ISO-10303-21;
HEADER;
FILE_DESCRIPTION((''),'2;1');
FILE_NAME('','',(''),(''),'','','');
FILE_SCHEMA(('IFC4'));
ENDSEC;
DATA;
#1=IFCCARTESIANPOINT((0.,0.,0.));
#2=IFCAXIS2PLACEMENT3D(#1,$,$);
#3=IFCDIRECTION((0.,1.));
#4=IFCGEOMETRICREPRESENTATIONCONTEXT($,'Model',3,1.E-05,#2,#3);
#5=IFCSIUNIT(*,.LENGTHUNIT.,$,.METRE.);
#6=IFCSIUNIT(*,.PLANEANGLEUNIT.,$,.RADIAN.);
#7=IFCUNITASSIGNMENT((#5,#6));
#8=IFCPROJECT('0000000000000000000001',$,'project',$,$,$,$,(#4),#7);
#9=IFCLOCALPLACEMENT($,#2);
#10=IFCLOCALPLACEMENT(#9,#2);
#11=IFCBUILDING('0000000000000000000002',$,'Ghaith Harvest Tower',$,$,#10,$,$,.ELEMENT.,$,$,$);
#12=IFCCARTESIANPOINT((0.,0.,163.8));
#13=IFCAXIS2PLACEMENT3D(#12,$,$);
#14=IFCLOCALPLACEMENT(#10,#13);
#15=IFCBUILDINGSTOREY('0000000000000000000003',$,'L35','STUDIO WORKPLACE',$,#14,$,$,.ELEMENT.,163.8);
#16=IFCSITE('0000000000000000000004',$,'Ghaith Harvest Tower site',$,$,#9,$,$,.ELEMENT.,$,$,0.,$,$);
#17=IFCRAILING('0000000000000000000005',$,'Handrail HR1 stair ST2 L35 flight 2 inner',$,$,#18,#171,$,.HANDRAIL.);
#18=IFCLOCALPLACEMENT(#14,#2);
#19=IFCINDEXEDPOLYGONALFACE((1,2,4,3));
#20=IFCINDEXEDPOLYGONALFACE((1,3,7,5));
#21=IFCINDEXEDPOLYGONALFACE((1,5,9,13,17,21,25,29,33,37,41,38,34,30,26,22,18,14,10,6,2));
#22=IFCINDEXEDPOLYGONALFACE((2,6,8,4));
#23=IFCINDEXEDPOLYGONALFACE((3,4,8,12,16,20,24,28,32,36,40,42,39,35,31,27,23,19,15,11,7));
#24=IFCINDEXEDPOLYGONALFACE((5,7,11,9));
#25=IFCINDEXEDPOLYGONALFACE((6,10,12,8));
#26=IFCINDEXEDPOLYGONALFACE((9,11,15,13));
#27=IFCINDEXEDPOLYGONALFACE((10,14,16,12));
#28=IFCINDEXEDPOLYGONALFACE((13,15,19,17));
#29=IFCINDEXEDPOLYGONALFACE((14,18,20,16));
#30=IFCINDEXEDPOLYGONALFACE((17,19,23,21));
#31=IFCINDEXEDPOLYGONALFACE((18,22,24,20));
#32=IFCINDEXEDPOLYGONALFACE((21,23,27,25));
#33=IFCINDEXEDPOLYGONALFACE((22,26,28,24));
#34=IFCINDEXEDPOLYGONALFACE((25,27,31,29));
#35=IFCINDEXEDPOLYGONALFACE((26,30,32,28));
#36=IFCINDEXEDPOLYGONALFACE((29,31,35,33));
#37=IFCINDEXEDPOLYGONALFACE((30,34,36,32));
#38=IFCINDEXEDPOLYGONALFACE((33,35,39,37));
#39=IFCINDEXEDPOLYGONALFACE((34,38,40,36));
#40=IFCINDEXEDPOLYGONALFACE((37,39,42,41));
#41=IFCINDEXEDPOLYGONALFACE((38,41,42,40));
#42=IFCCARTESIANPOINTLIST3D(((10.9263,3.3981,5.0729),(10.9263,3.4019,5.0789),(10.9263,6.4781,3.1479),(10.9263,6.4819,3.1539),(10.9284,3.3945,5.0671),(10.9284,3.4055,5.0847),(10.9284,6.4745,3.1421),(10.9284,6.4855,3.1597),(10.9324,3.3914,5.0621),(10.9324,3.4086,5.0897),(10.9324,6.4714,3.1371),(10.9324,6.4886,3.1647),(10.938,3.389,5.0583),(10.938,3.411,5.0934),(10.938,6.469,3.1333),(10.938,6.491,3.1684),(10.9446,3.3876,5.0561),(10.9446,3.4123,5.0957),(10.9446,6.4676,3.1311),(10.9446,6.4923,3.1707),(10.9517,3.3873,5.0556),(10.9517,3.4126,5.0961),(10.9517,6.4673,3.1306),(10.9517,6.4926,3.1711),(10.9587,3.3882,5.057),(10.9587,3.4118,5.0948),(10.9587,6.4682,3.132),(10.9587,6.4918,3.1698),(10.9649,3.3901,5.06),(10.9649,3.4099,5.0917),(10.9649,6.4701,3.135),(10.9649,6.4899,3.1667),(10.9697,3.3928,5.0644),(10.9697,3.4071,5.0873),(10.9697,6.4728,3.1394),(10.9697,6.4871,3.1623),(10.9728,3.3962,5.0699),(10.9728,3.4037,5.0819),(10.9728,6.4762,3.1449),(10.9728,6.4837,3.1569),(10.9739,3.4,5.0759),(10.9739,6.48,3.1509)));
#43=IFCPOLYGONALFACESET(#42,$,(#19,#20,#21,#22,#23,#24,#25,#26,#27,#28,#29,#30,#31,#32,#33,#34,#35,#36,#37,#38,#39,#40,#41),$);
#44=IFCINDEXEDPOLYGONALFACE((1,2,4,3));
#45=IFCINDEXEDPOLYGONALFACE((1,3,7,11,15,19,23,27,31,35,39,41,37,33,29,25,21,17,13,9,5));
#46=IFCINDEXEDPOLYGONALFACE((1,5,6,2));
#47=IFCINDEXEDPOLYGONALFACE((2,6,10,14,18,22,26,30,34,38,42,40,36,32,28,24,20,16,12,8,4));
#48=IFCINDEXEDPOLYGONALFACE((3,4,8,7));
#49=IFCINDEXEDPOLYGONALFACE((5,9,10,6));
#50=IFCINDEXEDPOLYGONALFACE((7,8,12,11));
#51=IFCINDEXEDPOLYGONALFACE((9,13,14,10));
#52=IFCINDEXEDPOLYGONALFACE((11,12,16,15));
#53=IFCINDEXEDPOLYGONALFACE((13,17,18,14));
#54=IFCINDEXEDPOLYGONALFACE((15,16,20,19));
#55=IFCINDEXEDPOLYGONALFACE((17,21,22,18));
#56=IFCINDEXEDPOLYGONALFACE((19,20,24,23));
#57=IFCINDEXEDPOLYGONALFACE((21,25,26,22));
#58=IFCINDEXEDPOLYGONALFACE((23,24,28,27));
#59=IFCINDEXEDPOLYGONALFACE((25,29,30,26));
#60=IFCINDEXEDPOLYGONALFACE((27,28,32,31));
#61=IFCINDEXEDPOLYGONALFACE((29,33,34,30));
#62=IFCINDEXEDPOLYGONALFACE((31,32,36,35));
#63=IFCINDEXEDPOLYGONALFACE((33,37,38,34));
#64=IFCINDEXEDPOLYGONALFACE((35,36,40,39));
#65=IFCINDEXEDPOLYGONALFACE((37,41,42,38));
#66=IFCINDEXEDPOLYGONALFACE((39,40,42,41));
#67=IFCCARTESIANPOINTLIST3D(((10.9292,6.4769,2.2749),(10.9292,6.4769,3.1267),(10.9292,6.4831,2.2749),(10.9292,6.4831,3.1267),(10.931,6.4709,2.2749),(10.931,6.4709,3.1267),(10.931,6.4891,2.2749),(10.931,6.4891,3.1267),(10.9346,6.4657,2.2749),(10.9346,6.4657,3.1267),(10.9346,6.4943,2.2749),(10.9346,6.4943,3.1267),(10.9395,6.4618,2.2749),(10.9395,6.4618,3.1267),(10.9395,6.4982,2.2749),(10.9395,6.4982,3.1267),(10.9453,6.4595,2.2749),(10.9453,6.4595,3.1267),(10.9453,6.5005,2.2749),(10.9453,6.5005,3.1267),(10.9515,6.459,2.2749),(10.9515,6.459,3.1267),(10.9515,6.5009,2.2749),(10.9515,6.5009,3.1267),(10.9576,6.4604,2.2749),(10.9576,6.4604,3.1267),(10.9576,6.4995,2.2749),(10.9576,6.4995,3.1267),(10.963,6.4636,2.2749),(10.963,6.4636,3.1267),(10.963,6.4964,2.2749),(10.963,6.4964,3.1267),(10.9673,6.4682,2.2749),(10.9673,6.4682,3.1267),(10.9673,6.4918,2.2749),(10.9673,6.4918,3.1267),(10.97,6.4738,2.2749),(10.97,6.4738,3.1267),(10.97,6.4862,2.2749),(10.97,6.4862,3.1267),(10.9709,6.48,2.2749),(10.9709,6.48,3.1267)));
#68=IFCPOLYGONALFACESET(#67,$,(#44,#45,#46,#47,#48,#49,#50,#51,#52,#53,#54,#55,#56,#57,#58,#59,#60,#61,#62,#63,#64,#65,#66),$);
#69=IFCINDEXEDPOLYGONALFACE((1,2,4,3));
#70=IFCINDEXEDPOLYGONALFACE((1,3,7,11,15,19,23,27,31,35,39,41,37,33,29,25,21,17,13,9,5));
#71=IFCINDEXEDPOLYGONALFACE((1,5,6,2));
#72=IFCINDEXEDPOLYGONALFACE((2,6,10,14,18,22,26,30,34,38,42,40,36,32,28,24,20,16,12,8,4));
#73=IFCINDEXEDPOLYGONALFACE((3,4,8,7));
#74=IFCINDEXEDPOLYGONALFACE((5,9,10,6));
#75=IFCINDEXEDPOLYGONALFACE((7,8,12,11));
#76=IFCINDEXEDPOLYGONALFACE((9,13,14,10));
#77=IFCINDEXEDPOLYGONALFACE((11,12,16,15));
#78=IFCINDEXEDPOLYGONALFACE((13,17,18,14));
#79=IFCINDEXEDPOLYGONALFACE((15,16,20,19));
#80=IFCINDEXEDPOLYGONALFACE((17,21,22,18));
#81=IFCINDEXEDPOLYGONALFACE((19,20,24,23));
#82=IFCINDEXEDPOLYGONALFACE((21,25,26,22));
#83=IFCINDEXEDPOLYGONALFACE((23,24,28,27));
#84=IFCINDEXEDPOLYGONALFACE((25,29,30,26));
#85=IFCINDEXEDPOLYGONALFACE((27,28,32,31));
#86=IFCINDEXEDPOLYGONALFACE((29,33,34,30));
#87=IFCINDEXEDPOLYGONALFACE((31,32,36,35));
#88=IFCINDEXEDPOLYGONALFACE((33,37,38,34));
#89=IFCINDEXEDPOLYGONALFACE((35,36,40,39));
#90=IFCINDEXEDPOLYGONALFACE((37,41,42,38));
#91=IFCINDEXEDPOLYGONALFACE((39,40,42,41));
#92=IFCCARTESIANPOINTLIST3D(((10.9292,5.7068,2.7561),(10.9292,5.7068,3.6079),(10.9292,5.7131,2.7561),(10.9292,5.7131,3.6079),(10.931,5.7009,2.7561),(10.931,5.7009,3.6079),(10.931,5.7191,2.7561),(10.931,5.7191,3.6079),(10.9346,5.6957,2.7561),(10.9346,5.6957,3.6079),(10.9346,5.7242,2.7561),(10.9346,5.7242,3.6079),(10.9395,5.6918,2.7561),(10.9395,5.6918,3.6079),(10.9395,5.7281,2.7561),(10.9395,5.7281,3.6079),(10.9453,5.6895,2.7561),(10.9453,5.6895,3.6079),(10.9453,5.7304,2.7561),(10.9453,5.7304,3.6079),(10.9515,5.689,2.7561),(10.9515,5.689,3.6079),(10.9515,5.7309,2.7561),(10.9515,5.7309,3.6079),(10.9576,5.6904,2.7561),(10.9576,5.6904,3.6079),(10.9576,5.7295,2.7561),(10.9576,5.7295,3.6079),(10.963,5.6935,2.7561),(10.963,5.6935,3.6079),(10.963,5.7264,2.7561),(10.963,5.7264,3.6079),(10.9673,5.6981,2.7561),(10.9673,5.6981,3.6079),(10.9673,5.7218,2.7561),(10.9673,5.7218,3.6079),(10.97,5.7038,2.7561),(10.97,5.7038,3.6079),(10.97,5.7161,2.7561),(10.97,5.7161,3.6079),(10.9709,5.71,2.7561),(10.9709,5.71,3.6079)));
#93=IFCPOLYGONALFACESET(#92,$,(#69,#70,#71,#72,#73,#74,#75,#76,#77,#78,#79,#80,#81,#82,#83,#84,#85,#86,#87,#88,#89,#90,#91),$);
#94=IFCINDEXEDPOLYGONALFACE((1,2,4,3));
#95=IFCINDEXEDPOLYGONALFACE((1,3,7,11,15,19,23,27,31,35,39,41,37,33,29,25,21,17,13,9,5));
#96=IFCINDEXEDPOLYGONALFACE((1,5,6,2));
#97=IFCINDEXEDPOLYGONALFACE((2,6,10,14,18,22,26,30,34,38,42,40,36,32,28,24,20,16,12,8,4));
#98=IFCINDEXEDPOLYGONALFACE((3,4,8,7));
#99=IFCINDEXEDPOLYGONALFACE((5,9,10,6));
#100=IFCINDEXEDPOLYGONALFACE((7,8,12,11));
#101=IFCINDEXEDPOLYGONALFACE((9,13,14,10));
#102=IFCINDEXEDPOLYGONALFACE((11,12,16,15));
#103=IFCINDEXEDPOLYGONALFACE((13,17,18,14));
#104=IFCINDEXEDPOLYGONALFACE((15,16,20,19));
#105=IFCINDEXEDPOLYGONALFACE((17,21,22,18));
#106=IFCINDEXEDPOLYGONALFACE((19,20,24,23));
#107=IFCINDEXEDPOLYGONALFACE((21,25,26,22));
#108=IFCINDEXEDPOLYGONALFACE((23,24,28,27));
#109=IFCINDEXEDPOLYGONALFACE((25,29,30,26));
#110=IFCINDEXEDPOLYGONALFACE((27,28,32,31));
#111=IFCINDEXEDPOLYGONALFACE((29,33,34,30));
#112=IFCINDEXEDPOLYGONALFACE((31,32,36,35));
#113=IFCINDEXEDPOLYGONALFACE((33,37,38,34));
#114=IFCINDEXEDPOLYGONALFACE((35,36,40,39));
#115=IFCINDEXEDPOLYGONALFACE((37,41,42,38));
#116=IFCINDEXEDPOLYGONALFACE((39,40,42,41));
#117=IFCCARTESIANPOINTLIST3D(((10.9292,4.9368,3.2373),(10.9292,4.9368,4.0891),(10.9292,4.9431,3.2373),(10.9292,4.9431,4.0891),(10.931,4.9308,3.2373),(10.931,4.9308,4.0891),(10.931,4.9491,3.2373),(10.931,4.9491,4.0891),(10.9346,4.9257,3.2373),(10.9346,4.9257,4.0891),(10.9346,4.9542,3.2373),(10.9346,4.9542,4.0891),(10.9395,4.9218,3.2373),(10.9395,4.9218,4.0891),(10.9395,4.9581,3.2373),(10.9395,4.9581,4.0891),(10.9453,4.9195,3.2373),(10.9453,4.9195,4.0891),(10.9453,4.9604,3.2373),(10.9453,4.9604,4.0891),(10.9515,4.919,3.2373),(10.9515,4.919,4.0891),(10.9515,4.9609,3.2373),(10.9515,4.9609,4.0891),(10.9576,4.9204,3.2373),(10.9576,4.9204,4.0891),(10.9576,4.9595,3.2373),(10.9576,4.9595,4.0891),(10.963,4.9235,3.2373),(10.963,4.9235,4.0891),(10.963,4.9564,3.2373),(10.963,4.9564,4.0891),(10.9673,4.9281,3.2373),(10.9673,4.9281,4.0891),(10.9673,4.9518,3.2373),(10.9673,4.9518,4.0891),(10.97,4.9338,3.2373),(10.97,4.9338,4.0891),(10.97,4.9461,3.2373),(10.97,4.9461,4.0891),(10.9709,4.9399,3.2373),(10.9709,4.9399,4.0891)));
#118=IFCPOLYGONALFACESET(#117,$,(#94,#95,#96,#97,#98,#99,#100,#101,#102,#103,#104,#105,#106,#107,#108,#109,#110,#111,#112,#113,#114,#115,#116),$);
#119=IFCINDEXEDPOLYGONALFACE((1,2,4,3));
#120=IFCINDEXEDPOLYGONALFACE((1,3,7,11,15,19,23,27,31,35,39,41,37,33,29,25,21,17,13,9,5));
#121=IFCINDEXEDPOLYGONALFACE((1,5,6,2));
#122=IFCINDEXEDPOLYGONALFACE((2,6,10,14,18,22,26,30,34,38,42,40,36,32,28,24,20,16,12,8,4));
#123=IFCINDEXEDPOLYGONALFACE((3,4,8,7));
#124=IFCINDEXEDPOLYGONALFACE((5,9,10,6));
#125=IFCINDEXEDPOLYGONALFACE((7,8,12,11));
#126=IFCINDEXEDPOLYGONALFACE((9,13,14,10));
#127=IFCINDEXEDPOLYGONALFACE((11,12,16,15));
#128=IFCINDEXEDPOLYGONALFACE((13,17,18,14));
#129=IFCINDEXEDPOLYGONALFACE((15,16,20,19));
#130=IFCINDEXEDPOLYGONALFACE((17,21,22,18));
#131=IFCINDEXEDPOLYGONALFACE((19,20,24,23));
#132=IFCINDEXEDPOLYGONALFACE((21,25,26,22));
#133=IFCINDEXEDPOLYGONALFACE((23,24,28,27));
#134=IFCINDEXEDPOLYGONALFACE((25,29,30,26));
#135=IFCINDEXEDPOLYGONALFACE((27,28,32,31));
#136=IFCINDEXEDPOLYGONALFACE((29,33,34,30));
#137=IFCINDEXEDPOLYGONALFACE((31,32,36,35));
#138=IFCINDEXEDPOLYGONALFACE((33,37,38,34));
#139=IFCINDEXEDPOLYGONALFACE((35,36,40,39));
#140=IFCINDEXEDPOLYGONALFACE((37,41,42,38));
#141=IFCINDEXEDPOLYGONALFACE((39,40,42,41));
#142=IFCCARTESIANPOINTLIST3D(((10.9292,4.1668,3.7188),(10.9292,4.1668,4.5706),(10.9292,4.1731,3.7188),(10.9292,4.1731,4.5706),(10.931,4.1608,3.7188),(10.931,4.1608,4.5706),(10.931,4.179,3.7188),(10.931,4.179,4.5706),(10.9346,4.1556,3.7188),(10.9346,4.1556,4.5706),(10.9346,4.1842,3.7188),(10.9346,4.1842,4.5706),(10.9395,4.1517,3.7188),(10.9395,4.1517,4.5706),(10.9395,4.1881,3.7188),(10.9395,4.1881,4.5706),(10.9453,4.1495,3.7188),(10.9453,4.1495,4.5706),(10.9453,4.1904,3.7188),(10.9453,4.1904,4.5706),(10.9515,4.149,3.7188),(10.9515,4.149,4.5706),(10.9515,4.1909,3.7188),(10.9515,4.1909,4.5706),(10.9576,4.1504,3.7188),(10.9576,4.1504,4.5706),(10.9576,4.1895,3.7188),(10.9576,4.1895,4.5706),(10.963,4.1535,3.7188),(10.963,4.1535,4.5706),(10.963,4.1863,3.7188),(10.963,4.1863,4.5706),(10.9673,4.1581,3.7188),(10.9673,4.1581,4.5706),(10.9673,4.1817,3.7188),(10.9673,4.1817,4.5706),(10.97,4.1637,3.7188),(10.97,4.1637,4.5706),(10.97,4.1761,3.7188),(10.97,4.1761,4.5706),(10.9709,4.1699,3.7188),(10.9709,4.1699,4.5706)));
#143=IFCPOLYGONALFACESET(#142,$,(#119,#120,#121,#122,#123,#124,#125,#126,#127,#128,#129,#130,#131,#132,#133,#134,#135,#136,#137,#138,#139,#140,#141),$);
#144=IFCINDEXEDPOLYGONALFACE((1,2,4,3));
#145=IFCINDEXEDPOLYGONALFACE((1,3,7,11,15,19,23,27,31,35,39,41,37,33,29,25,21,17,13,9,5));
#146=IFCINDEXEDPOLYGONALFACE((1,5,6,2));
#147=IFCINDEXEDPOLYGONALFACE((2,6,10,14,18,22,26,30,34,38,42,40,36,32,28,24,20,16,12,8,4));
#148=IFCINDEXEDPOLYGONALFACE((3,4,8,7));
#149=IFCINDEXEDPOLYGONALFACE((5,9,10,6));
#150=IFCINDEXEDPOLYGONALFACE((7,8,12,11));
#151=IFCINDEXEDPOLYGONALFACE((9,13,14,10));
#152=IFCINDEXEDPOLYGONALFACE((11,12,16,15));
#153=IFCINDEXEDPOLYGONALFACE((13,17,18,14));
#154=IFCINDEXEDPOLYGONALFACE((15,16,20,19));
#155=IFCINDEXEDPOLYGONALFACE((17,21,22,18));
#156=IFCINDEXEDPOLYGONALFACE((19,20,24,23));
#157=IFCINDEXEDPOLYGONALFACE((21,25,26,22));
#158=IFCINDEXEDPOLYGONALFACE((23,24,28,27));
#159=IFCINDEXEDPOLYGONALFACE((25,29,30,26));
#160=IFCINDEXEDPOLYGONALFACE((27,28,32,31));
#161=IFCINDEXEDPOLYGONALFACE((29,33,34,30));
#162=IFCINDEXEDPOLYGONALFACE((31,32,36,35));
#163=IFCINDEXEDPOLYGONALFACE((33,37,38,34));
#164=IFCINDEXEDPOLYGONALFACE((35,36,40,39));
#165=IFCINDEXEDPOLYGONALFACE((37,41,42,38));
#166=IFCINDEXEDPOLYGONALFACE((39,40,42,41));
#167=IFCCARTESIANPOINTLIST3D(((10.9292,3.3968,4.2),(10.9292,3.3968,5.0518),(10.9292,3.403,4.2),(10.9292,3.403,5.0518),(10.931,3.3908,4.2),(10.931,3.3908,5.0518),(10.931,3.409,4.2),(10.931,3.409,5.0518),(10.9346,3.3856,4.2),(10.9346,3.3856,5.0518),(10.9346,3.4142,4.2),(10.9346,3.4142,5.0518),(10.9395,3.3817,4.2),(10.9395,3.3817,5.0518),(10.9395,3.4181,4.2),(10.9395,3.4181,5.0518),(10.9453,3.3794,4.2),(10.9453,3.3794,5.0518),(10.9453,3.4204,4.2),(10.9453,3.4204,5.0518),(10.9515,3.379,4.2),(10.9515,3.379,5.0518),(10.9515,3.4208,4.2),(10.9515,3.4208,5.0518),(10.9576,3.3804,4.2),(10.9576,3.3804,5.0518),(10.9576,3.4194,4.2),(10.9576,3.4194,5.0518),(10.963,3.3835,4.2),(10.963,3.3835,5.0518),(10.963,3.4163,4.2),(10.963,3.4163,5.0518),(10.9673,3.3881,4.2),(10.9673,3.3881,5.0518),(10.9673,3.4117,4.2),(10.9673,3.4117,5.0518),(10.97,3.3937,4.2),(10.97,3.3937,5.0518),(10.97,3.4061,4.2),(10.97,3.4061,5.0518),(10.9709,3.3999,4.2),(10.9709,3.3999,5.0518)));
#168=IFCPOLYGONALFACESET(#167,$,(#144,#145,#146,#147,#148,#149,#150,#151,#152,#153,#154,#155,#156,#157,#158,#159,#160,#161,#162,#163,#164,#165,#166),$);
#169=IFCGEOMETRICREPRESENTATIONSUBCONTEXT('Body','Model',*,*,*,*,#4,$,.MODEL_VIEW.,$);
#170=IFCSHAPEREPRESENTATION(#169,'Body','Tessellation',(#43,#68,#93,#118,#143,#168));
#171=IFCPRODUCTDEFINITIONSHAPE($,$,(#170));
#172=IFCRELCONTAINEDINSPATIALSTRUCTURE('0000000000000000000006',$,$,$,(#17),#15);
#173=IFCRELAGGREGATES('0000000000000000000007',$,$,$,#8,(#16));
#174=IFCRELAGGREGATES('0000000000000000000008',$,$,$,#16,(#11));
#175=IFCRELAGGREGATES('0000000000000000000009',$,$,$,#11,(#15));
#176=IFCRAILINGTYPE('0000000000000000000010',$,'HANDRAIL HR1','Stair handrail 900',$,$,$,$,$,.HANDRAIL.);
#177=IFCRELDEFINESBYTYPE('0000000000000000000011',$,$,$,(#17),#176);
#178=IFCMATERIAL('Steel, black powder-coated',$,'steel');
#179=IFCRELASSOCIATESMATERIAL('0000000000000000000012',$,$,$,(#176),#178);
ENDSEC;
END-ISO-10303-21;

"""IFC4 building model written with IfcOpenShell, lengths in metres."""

from ifc_helpers import new_model, si_unit, direction, frame, origin, origin_2d, place, context, subcontext, project, spatial, circle, extrude, material, type_object, element, save


model = new_model("IFC4")

# Units and contexts
model_context = context("Model", 3, precision=1e-05, world=origin(), true_north=direction((0.0, 1.0)))
body_context = subcontext(model_context, "Body", "Model", "MODEL_VIEW")
ifc_project = project(units=[si_unit("LENGTHUNIT", "METRE"), si_unit("PLANEANGLEUNIT", "RADIAN")], contexts=[model_context])

# Site, building, storey
site_placement = place(None, origin())
site = spatial("IfcSite", under=ifc_project, at=site_placement, Name="Ghaith Harvest Tower site", CompositionType="ELEMENT", RefElevation=0.0)
building_placement = place(site_placement, origin())
building = spatial("IfcBuilding", under=site, at=building_placement, Name="Ghaith Harvest Tower", CompositionType="ELEMENT")
storey_placement = place(building_placement, frame((0.0, 0.0, 163.8)))
storey = spatial("IfcBuildingStorey", under=building, at=storey_placement, Name="L35", Description="STUDIO WORKPLACE", CompositionType="ELEMENT", Elevation=163.8)

# Railing
ifc_material_1 = material(Name="Steel, black powder-coated", Category="steel")
railing_type = type_object("IfcRailingType", Name="HANDRAIL HR1", Description="Stair handrail 900", PredefinedType="HANDRAIL", material=ifc_material_1)
railing_1_placement = place(storey_placement, frame((10.95, 6.48, 2.2749)))
element("IfcRailing", 1, at=railing_1_placement, inside=storey, type_object=railing_type, Name="Handrail HR1 stair ST2 L35 flight 2 inner", PredefinedType="HANDRAIL", context=body_context, shape_type="SweptSolid", body=[
    extrude(circle(Radius=0.0239, at=origin_2d()), frame((0.0, 0.0, 0.876), z_axis=(0.0, -0.847998, 0.529999), x_axis=(1.0, 0.0, 0.0)), (0.0, 0.0, 1.0), 3.6321),
    extrude(circle(Radius=0.021, at=origin_2d()), origin(), (0.0, 0.0, 1.0), 0.8518),
    extrude(circle(Radius=0.021, at=origin_2d()), frame((0.0, -0.77, 0.4812)), (0.0, 0.0, 1.0), 0.8518),
    extrude(circle(Radius=0.021, at=origin_2d()), frame((0.0, -1.54, 0.9624)), (0.0, 0.0, 1.0), 0.8518),
    extrude(circle(Radius=0.021, at=origin_2d()), frame((0.0, -2.3101, 1.4438)), (0.0, 0.0, 1.0), 0.8518),
    extrude(circle(Radius=0.021, at=origin_2d()), frame((0.0, -3.0801, 1.925)), (0.0, 0.0, 1.0), 0.8518),
])

save(model, "model.ifc")
